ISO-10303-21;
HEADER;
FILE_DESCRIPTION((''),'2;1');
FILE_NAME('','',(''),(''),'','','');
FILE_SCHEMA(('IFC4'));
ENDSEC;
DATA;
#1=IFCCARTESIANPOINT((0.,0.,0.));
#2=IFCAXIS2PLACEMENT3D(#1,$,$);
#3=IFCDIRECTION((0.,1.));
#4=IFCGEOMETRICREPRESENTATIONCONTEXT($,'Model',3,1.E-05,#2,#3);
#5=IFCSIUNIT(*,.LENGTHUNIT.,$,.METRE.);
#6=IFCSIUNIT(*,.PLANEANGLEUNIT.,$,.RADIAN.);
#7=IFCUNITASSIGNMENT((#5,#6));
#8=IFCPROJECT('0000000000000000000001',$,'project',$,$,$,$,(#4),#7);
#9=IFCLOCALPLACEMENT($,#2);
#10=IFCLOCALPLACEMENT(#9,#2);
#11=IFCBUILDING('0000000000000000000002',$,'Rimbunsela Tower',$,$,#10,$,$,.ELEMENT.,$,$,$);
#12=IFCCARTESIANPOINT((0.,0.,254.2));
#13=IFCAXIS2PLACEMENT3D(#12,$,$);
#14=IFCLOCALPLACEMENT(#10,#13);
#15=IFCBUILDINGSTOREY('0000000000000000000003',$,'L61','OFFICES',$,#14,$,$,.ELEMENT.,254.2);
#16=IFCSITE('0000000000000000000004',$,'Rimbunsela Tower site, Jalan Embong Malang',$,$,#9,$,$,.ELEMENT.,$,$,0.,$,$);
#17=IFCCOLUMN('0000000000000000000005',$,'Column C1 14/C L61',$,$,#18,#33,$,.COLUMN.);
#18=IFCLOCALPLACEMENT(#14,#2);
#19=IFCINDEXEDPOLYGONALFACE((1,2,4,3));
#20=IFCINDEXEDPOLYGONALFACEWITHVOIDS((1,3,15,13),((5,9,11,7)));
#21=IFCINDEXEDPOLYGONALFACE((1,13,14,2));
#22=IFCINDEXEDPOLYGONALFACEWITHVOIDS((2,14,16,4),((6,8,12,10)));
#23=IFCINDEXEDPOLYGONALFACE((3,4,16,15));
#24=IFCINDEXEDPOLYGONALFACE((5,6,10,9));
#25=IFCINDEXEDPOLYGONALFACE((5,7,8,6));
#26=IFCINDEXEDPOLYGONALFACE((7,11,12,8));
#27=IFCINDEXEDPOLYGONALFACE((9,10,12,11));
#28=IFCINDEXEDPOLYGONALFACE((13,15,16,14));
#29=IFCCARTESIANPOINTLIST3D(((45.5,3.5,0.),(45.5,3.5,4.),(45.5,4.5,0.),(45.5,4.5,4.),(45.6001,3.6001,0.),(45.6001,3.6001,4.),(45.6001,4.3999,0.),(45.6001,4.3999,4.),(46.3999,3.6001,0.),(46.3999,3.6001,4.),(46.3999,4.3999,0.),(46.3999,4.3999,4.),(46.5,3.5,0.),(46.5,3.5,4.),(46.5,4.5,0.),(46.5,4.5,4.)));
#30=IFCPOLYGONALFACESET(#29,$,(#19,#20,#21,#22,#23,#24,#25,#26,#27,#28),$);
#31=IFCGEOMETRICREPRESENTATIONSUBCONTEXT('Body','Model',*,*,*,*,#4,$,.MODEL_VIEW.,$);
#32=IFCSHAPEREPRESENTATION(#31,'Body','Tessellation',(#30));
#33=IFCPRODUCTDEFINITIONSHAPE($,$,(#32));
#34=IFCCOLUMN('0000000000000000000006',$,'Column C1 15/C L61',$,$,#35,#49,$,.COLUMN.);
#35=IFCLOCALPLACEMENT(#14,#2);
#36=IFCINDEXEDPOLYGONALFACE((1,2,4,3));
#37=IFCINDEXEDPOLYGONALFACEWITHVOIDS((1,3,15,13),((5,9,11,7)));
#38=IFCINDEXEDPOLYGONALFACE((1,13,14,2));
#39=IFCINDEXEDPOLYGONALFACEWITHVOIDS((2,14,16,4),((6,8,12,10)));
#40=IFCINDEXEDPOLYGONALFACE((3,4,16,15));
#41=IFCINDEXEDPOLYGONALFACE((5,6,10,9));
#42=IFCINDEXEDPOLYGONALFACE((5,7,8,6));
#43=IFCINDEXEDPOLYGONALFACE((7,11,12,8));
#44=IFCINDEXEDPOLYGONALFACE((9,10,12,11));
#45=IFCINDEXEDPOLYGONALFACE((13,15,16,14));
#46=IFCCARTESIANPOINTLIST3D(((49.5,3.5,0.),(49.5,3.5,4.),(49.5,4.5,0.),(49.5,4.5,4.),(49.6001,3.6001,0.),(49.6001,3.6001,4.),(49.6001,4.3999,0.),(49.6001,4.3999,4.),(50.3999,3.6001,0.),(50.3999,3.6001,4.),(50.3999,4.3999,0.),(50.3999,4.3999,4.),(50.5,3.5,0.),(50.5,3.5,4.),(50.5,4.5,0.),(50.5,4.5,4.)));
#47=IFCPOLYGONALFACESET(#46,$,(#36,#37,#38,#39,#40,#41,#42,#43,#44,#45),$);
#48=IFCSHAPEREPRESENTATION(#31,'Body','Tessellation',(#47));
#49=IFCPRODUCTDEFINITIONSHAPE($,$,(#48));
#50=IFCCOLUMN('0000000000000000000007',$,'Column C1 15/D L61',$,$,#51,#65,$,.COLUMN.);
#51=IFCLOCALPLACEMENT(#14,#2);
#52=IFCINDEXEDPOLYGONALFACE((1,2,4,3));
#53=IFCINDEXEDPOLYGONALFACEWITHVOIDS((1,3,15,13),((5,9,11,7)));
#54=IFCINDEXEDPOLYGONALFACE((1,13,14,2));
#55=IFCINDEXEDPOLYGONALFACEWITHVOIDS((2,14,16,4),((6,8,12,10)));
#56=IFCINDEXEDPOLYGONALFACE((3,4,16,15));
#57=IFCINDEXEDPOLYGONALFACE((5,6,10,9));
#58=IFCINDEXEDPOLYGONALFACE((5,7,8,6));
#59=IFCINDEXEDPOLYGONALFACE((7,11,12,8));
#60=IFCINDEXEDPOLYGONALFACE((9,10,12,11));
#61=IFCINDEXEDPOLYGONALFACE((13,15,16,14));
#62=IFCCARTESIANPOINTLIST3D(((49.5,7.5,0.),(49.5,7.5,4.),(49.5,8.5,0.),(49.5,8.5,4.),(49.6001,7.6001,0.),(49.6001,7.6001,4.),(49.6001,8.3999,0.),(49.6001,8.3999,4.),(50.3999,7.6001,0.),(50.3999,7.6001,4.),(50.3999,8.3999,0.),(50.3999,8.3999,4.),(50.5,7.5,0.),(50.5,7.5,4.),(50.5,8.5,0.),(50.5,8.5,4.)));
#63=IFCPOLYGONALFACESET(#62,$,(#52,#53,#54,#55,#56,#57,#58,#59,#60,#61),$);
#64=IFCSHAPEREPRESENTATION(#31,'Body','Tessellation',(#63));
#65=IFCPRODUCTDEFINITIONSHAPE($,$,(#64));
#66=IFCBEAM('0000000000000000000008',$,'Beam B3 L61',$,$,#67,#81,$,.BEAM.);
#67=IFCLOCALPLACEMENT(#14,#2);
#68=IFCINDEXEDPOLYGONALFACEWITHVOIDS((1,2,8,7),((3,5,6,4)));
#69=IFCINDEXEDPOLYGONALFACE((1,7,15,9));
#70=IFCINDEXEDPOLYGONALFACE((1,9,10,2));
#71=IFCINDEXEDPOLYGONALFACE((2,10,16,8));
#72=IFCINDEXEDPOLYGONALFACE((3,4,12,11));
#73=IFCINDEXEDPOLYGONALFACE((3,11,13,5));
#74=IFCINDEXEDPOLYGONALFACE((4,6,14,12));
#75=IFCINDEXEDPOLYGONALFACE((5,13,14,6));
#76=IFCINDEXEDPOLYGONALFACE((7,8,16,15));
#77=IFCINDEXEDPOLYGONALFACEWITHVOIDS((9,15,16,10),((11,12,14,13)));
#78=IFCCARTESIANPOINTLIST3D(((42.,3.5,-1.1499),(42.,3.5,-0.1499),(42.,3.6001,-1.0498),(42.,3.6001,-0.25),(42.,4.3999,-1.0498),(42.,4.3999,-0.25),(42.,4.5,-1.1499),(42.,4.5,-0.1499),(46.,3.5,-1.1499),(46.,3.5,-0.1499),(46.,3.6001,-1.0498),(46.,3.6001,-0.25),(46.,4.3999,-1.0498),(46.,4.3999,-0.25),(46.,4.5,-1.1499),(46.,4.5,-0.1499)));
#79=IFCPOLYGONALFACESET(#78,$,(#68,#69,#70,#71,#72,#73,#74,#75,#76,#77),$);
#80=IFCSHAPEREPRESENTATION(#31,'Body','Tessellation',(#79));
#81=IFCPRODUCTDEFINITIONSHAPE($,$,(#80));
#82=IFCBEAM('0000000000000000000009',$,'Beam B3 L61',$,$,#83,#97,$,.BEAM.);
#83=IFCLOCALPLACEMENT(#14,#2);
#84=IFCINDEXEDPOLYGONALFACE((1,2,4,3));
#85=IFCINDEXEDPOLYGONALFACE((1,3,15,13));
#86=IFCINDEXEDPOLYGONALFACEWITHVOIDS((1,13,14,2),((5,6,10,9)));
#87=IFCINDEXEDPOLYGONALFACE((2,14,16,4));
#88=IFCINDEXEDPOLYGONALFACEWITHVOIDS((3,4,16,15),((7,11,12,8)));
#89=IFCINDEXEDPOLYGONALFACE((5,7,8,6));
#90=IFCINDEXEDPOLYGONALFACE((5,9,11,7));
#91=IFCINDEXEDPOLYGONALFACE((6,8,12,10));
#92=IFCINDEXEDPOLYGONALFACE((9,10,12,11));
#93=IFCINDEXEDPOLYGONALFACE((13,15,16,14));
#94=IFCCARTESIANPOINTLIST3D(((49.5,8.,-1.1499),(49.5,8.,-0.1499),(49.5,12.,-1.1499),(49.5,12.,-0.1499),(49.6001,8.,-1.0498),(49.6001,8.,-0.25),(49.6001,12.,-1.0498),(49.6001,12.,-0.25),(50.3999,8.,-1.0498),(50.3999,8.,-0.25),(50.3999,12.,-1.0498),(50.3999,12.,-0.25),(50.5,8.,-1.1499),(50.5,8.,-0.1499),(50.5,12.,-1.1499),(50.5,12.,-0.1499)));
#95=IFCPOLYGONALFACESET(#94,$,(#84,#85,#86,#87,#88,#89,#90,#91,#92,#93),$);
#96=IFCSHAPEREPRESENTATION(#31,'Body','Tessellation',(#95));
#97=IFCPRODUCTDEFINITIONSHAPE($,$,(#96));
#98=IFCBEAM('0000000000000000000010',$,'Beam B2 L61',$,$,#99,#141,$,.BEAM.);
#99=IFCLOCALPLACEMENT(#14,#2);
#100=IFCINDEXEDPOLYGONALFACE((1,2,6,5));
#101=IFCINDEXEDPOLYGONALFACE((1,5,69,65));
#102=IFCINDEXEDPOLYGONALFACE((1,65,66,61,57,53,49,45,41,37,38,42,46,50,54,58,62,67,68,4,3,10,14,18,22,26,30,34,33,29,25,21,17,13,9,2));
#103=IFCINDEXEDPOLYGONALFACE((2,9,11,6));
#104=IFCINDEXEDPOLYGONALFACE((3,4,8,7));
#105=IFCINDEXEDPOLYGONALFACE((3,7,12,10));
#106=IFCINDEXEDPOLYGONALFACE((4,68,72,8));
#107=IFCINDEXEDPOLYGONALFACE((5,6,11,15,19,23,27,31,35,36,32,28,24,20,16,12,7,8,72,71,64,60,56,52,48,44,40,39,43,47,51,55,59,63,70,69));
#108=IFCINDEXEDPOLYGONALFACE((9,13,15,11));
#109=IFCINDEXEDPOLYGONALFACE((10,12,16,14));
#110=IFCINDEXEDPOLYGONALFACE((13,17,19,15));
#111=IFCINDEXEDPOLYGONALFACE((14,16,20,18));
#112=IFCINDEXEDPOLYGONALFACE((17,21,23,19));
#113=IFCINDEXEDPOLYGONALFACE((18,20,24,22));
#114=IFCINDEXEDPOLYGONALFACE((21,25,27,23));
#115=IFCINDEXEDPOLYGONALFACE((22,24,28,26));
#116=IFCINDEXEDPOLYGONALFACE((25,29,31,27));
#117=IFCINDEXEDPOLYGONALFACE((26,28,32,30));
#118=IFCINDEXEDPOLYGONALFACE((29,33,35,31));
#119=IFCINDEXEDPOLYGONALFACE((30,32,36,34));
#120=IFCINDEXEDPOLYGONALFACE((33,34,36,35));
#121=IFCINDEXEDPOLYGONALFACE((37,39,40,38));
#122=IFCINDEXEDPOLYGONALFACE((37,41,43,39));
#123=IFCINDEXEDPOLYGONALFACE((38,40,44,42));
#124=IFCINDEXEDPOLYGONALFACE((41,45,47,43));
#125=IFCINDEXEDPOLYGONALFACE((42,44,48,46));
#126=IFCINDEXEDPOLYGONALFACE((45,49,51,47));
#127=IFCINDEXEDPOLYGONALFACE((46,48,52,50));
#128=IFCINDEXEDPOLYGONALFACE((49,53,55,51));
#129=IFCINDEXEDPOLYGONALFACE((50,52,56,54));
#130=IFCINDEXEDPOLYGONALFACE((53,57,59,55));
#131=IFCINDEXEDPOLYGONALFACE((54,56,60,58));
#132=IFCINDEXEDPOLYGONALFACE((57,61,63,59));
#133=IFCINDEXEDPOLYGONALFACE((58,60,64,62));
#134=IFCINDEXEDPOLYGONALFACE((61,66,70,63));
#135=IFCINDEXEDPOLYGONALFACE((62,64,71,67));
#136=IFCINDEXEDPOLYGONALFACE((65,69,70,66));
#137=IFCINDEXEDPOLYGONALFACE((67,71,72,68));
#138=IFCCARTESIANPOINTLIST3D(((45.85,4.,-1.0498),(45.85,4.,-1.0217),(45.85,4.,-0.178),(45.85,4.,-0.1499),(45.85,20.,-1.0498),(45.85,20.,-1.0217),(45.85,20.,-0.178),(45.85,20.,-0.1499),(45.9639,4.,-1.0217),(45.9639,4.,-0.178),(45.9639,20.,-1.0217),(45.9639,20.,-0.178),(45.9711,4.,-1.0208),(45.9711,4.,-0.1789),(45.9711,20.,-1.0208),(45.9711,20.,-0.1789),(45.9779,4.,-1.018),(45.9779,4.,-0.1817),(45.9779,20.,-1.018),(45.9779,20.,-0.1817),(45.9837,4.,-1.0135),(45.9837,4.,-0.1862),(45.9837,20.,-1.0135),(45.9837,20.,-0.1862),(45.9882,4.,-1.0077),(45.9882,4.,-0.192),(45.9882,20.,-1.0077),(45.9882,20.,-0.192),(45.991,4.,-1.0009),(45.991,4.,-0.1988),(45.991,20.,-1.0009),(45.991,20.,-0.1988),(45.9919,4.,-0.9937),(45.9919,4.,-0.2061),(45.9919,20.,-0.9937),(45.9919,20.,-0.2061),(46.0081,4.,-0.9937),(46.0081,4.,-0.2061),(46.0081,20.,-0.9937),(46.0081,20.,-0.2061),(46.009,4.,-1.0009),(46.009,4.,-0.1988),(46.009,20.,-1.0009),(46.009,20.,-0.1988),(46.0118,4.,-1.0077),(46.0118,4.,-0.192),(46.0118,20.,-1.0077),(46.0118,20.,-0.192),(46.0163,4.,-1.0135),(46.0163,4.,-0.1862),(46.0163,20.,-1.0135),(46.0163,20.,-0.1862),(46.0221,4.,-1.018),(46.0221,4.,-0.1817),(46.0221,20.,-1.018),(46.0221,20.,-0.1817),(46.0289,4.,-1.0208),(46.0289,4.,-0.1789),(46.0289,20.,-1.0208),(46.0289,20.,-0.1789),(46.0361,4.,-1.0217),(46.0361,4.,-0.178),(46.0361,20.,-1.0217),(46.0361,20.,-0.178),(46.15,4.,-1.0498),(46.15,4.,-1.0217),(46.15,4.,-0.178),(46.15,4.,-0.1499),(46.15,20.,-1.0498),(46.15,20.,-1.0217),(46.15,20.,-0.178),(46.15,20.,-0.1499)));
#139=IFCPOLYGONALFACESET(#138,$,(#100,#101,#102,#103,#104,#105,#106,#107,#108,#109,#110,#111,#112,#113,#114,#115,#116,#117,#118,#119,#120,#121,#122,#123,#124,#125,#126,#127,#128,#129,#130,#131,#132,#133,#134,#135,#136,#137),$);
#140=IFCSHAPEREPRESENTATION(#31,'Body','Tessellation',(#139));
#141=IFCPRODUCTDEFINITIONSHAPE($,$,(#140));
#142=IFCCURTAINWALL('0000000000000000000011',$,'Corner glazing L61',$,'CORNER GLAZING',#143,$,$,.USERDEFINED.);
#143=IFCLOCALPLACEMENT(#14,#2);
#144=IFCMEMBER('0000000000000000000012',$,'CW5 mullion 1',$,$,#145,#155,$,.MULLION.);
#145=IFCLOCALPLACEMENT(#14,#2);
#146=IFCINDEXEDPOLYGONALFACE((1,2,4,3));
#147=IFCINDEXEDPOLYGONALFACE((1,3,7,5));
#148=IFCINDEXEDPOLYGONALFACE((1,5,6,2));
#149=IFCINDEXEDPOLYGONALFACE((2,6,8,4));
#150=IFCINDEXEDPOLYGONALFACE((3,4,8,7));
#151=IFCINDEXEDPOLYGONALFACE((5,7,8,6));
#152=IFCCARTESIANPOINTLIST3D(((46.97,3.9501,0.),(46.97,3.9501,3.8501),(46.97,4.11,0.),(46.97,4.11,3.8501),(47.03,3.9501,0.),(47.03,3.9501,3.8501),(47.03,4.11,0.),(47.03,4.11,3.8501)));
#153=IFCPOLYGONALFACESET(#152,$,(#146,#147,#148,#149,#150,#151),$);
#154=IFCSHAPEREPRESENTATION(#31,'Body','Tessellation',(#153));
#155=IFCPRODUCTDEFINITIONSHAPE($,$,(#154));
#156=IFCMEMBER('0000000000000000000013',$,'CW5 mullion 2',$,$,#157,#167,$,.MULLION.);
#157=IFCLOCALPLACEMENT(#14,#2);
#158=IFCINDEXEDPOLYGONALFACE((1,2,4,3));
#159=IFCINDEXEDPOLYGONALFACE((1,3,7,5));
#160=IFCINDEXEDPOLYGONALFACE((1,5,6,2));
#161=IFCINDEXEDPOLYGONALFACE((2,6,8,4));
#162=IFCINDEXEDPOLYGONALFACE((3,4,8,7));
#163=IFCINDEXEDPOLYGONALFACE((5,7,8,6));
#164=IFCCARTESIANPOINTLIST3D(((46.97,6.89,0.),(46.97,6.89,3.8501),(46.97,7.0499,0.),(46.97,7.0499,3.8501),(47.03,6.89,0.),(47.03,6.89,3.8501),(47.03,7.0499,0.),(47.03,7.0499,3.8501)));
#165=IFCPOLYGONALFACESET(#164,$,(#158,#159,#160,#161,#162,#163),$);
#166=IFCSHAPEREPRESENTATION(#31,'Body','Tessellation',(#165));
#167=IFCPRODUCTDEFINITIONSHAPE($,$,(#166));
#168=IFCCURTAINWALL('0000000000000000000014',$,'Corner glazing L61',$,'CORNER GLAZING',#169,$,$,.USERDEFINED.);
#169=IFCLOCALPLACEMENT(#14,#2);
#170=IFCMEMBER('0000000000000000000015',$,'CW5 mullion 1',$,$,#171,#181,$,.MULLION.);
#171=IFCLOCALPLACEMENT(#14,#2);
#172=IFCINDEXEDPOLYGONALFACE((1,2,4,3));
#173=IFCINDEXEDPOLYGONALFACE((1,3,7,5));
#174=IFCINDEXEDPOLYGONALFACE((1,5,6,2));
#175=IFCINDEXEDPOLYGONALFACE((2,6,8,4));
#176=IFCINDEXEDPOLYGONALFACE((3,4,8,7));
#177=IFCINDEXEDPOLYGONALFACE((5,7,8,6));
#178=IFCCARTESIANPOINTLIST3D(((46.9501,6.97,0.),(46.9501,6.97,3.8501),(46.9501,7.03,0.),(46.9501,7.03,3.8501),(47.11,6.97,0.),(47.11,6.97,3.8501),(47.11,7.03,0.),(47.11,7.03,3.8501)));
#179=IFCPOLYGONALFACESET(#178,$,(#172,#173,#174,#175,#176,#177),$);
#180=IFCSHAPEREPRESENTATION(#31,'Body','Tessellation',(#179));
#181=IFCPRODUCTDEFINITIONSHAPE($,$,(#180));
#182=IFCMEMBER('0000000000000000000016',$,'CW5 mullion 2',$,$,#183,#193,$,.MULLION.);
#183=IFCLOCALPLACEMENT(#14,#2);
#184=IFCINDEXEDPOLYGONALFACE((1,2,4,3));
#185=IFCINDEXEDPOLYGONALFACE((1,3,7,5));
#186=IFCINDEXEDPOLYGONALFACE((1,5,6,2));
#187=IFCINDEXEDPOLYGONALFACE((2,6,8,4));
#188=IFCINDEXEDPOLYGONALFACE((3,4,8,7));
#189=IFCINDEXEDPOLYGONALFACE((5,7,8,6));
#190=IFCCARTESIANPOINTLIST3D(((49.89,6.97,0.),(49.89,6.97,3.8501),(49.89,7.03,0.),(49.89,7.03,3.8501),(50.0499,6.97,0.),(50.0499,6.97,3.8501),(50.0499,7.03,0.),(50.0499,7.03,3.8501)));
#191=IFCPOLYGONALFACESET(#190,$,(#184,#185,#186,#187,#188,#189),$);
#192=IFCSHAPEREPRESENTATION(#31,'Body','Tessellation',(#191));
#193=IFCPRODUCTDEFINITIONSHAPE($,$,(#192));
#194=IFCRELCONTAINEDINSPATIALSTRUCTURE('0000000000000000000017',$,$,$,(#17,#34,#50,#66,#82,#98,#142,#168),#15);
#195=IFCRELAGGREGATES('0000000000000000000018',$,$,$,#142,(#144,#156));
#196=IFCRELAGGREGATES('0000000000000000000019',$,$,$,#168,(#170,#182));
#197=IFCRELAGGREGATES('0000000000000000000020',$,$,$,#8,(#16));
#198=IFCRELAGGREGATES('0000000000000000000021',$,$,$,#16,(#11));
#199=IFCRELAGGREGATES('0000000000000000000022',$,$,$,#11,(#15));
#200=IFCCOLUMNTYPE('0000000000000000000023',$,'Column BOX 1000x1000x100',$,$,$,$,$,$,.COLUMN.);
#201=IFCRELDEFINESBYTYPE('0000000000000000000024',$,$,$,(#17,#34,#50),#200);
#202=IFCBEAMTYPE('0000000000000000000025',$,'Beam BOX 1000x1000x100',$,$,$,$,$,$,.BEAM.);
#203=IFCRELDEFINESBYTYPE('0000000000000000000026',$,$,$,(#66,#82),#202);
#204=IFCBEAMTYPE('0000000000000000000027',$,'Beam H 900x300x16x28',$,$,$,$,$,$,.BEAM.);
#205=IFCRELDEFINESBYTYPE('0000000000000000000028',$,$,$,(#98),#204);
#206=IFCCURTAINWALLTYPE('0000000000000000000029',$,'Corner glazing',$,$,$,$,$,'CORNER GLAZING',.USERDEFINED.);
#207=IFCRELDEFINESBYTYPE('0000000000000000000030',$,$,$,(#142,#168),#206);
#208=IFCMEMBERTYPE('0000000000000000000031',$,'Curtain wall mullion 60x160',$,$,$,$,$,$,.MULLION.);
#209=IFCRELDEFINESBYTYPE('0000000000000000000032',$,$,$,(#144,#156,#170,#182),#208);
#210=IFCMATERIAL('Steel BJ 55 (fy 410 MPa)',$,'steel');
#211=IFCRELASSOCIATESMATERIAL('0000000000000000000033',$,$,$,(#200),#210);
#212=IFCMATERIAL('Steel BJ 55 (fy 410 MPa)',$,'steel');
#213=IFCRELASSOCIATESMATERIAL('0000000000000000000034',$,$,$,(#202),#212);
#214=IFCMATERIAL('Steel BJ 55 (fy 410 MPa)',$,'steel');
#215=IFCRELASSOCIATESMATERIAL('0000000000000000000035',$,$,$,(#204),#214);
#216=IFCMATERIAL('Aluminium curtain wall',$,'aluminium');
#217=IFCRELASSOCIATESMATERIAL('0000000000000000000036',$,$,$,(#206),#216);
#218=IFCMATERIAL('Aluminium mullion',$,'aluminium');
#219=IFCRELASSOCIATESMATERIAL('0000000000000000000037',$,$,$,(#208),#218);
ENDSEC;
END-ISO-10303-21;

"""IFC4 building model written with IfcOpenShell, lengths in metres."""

from ifc_helpers import new_model, si_unit, direction, frame, origin, origin_2d, place, context, subcontext, project, spatial, rectangle, hollow_rectangle, i_section, extrude, material, material_profile, profile_set, type_object, element, aggregate, save


model = new_model("IFC4")

# Units and contexts
model_context = context("Model", 3, precision=1e-05, world=origin(), true_north=direction((0.0, 1.0)))
body_context = subcontext(model_context, "Body", "Model", "MODEL_VIEW")
ifc_project = project(units=[si_unit("LENGTHUNIT", "METRE"), si_unit("PLANEANGLEUNIT", "RADIAN")], contexts=[model_context])

# Site, building, storey
site_placement = place(None, origin())
site = spatial("IfcSite", under=ifc_project, at=site_placement, Name="Rimbunsela Tower site, Jalan Embong Malang", CompositionType="ELEMENT", RefElevation=0.0)
building_placement = place(site_placement, origin())
building = spatial("IfcBuilding", under=site, at=building_placement, Name="Rimbunsela Tower", CompositionType="ELEMENT")
storey_placement = place(building_placement, frame((0.0, 0.0, 254.2)))
storey = spatial("IfcBuildingStorey", under=building, at=storey_placement, Name="L61", Description="OFFICES", CompositionType="ELEMENT", Elevation=254.2)

# Columns
ifc_material_1 = material(Name="Steel BJ 55 (fy 410 MPa)", Category="steel")
ifc_material_profile_1 = material_profile(ifc_material_1, hollow_rectangle(XDim=1.0, YDim=1.0, WallThickness=0.1001, at=origin_2d()), Name="BOX 1000x1000x100")
ifc_profile_set_1 = profile_set([ifc_material_profile_1], Name="Steel BJ 55 (fy 410 MPa)")
column_type = type_object("IfcColumnType", Name="Column BOX 1000x1000x100", PredefinedType="COLUMN", material=ifc_profile_set_1)
for number, where, z_axis, x_axis, name in (
    (1, (46.0, 4.0, 0.0), (0.0, 0.0, 1.0), (1.0, 0.0, 0.0), "Column C1 14/C L61"),
    (2, (50.0, 4.0, 0.0), (0.0, 0.0, 1.0), (1.0, 0.0, 0.0), "Column C1 15/C L61"),
    (3, (50.0, 8.0, 0.0), (0.0, 0.0, 1.0), (1.0, 0.0, 0.0), "Column C1 15/D L61"),
):
    element("IfcColumn", number, at=place(storey_placement, frame(where, z_axis=z_axis, x_axis=x_axis)), inside=storey, type_object=column_type, Name=name, PredefinedType="COLUMN", context=body_context, shape_type="SweptSolid", body=[
        extrude(hollow_rectangle(XDim=1.0, YDim=1.0, WallThickness=0.1001, at=origin_2d()), origin(), (0.0, 0.0, 1.0), 4.0),
    ])

# Beams
ifc_material_2 = material(Name="Steel BJ 55 (fy 410 MPa)", Category="steel")
ifc_material_profile_2 = material_profile(ifc_material_2, hollow_rectangle(XDim=1.0, YDim=1.0, WallThickness=0.1001, at=origin_2d()), Name="BOX 1000x1000x100")
ifc_profile_set_2 = profile_set([ifc_material_profile_2], Name="Steel BJ 55 (fy 410 MPa)")
beam_type_1 = type_object("IfcBeamType", Name="Beam BOX 1000x1000x100", PredefinedType="BEAM", material=ifc_profile_set_2)
for number, where, z_axis, x_axis, name in (
    (4, (42.0, 4.0, -0.6499), (1.0, 0.0, 0.0), (0.0, 1.0, 0.0), "Beam B3 L61"),
    (5, (50.0, 8.0, -0.6499), (0.0, 1.0, 0.0), (-1.0, 0.0, 0.0), "Beam B3 L61"),
):
    element("IfcBeam", number, at=place(storey_placement, frame(where, z_axis=z_axis, x_axis=x_axis)), inside=storey, type_object=beam_type_1, Name=name, PredefinedType="BEAM", context=body_context, shape_type="SweptSolid", body=[
        extrude(hollow_rectangle(XDim=1.0, YDim=1.0, WallThickness=0.1001, at=origin_2d()), origin(), (0.0, 0.0, 1.0), 4.0),
    ])
ifc_material_3 = material(Name="Steel BJ 55 (fy 410 MPa)", Category="steel")
ifc_material_profile_3 = material_profile(ifc_material_3, i_section(OverallWidth=0.3, OverallDepth=0.8999, WebThickness=0.0161, FlangeThickness=0.0281, FilletRadius=0.0281, at=origin_2d()), Name="H 900x300x16x28")
ifc_profile_set_3 = profile_set([ifc_material_profile_3], Name="Steel BJ 55 (fy 410 MPa)")
beam_type_2 = type_object("IfcBeamType", Name="Beam H 900x300x16x28", PredefinedType="BEAM", material=ifc_profile_set_3)
beam_placement = place(storey_placement, frame((46.0, 4.0, -0.5999), z_axis=(0.0, 1.0, 0.0), x_axis=(-1.0, 0.0, 0.0)))
element("IfcBeam", 6, at=beam_placement, inside=storey, type_object=beam_type_2, Name="Beam B2 L61", PredefinedType="BEAM", context=body_context, shape_type="SweptSolid", body=[
    extrude(i_section(OverallWidth=0.3, OverallDepth=0.8999, WebThickness=0.0161, FlangeThickness=0.0281, FilletRadius=0.0281, at=origin_2d()), origin(), (0.0, 0.0, 1.0), 16.0),
])

# Curtain walls, members
ifc_material_4 = material(Name="Aluminium curtain wall", Category="aluminium")
curtain_wall_type = type_object("IfcCurtainWallType", Name="Corner glazing", ElementType="CORNER GLAZING", PredefinedType="USERDEFINED", material=ifc_material_4)
curtain_wall_1_placement = place(storey_placement, origin())
curtain_wall_1 = element("IfcCurtainWall", 7, at=curtain_wall_1_placement, inside=storey, type_object=curtain_wall_type, Name="Corner glazing L61", ObjectType="CORNER GLAZING", PredefinedType="USERDEFINED")
ifc_material_5 = material(Name="Aluminium mullion", Category="aluminium")
ifc_material_profile_4 = material_profile(ifc_material_5, rectangle(XDim=0.0601, YDim=0.1599, at=origin_2d()), Name="Mullion 60x160")
ifc_profile_set_4 = profile_set([ifc_material_profile_4], Name="Aluminium mullion")
member_type_1 = type_object("IfcMemberType", Name="Curtain wall mullion 60x160", PredefinedType="MULLION", material=ifc_profile_set_4)
member_1_placement = place(storey_placement, frame((47.0, 4.03, 0.0), z_axis=(0.0, 0.0, 1.0), x_axis=(-1.0, 0.0, 0.0)))
member_1 = element("IfcMember", 8, at=member_1_placement, type_object=member_type_1, Name="CW5 mullion 1", PredefinedType="MULLION", context=body_context, shape_type="SweptSolid", body=[
    extrude(rectangle(XDim=0.0601, YDim=0.1599, at=origin_2d()), origin(), (0.0, 0.0, 1.0), 3.8501),
])
member_2_placement = place(storey_placement, frame((47.0, 6.97, 0.0), z_axis=(0.0, 0.0, 1.0), x_axis=(-1.0, 0.0, 0.0)))
member_2 = element("IfcMember", 9, at=member_2_placement, type_object=member_type_1, Name="CW5 mullion 2", PredefinedType="MULLION", context=body_context, shape_type="SweptSolid", body=[
    extrude(rectangle(XDim=0.0601, YDim=0.1599, at=origin_2d()), origin(), (0.0, 0.0, 1.0), 3.8501),
])
curtain_wall_2_placement = place(storey_placement, origin())
curtain_wall_2 = element("IfcCurtainWall", 10, at=curtain_wall_2_placement, inside=storey, type_object=curtain_wall_type, Name="Corner glazing L61", ObjectType="CORNER GLAZING", PredefinedType="USERDEFINED")
member_3_placement = place(storey_placement, frame((47.03, 7.0, 0.0), z_axis=(0.0, 0.0, 1.0), x_axis=(0.0, 1.0, 0.0)))
member_3 = element("IfcMember", 11, at=member_3_placement, type_object=member_type_1, Name="CW5 mullion 1", PredefinedType="MULLION", context=body_context, shape_type="SweptSolid", body=[
    extrude(rectangle(XDim=0.0601, YDim=0.1599, at=origin_2d()), origin(), (0.0, 0.0, 1.0), 3.8501),
])
member_4_placement = place(storey_placement, frame((49.97, 7.0, 0.0), z_axis=(0.0, 0.0, 1.0), x_axis=(0.0, 1.0, 0.0)))
member_4 = element("IfcMember", 12, at=member_4_placement, type_object=member_type_1, Name="CW5 mullion 2", PredefinedType="MULLION", context=body_context, shape_type="SweptSolid", body=[
    extrude(rectangle(XDim=0.0601, YDim=0.1599, at=origin_2d()), origin(), (0.0, 0.0, 1.0), 3.8501),
])

aggregate(curtain_wall_1, [member_1, member_2])
aggregate(curtain_wall_2, [member_3, member_4])

save(model, "model.ifc")
